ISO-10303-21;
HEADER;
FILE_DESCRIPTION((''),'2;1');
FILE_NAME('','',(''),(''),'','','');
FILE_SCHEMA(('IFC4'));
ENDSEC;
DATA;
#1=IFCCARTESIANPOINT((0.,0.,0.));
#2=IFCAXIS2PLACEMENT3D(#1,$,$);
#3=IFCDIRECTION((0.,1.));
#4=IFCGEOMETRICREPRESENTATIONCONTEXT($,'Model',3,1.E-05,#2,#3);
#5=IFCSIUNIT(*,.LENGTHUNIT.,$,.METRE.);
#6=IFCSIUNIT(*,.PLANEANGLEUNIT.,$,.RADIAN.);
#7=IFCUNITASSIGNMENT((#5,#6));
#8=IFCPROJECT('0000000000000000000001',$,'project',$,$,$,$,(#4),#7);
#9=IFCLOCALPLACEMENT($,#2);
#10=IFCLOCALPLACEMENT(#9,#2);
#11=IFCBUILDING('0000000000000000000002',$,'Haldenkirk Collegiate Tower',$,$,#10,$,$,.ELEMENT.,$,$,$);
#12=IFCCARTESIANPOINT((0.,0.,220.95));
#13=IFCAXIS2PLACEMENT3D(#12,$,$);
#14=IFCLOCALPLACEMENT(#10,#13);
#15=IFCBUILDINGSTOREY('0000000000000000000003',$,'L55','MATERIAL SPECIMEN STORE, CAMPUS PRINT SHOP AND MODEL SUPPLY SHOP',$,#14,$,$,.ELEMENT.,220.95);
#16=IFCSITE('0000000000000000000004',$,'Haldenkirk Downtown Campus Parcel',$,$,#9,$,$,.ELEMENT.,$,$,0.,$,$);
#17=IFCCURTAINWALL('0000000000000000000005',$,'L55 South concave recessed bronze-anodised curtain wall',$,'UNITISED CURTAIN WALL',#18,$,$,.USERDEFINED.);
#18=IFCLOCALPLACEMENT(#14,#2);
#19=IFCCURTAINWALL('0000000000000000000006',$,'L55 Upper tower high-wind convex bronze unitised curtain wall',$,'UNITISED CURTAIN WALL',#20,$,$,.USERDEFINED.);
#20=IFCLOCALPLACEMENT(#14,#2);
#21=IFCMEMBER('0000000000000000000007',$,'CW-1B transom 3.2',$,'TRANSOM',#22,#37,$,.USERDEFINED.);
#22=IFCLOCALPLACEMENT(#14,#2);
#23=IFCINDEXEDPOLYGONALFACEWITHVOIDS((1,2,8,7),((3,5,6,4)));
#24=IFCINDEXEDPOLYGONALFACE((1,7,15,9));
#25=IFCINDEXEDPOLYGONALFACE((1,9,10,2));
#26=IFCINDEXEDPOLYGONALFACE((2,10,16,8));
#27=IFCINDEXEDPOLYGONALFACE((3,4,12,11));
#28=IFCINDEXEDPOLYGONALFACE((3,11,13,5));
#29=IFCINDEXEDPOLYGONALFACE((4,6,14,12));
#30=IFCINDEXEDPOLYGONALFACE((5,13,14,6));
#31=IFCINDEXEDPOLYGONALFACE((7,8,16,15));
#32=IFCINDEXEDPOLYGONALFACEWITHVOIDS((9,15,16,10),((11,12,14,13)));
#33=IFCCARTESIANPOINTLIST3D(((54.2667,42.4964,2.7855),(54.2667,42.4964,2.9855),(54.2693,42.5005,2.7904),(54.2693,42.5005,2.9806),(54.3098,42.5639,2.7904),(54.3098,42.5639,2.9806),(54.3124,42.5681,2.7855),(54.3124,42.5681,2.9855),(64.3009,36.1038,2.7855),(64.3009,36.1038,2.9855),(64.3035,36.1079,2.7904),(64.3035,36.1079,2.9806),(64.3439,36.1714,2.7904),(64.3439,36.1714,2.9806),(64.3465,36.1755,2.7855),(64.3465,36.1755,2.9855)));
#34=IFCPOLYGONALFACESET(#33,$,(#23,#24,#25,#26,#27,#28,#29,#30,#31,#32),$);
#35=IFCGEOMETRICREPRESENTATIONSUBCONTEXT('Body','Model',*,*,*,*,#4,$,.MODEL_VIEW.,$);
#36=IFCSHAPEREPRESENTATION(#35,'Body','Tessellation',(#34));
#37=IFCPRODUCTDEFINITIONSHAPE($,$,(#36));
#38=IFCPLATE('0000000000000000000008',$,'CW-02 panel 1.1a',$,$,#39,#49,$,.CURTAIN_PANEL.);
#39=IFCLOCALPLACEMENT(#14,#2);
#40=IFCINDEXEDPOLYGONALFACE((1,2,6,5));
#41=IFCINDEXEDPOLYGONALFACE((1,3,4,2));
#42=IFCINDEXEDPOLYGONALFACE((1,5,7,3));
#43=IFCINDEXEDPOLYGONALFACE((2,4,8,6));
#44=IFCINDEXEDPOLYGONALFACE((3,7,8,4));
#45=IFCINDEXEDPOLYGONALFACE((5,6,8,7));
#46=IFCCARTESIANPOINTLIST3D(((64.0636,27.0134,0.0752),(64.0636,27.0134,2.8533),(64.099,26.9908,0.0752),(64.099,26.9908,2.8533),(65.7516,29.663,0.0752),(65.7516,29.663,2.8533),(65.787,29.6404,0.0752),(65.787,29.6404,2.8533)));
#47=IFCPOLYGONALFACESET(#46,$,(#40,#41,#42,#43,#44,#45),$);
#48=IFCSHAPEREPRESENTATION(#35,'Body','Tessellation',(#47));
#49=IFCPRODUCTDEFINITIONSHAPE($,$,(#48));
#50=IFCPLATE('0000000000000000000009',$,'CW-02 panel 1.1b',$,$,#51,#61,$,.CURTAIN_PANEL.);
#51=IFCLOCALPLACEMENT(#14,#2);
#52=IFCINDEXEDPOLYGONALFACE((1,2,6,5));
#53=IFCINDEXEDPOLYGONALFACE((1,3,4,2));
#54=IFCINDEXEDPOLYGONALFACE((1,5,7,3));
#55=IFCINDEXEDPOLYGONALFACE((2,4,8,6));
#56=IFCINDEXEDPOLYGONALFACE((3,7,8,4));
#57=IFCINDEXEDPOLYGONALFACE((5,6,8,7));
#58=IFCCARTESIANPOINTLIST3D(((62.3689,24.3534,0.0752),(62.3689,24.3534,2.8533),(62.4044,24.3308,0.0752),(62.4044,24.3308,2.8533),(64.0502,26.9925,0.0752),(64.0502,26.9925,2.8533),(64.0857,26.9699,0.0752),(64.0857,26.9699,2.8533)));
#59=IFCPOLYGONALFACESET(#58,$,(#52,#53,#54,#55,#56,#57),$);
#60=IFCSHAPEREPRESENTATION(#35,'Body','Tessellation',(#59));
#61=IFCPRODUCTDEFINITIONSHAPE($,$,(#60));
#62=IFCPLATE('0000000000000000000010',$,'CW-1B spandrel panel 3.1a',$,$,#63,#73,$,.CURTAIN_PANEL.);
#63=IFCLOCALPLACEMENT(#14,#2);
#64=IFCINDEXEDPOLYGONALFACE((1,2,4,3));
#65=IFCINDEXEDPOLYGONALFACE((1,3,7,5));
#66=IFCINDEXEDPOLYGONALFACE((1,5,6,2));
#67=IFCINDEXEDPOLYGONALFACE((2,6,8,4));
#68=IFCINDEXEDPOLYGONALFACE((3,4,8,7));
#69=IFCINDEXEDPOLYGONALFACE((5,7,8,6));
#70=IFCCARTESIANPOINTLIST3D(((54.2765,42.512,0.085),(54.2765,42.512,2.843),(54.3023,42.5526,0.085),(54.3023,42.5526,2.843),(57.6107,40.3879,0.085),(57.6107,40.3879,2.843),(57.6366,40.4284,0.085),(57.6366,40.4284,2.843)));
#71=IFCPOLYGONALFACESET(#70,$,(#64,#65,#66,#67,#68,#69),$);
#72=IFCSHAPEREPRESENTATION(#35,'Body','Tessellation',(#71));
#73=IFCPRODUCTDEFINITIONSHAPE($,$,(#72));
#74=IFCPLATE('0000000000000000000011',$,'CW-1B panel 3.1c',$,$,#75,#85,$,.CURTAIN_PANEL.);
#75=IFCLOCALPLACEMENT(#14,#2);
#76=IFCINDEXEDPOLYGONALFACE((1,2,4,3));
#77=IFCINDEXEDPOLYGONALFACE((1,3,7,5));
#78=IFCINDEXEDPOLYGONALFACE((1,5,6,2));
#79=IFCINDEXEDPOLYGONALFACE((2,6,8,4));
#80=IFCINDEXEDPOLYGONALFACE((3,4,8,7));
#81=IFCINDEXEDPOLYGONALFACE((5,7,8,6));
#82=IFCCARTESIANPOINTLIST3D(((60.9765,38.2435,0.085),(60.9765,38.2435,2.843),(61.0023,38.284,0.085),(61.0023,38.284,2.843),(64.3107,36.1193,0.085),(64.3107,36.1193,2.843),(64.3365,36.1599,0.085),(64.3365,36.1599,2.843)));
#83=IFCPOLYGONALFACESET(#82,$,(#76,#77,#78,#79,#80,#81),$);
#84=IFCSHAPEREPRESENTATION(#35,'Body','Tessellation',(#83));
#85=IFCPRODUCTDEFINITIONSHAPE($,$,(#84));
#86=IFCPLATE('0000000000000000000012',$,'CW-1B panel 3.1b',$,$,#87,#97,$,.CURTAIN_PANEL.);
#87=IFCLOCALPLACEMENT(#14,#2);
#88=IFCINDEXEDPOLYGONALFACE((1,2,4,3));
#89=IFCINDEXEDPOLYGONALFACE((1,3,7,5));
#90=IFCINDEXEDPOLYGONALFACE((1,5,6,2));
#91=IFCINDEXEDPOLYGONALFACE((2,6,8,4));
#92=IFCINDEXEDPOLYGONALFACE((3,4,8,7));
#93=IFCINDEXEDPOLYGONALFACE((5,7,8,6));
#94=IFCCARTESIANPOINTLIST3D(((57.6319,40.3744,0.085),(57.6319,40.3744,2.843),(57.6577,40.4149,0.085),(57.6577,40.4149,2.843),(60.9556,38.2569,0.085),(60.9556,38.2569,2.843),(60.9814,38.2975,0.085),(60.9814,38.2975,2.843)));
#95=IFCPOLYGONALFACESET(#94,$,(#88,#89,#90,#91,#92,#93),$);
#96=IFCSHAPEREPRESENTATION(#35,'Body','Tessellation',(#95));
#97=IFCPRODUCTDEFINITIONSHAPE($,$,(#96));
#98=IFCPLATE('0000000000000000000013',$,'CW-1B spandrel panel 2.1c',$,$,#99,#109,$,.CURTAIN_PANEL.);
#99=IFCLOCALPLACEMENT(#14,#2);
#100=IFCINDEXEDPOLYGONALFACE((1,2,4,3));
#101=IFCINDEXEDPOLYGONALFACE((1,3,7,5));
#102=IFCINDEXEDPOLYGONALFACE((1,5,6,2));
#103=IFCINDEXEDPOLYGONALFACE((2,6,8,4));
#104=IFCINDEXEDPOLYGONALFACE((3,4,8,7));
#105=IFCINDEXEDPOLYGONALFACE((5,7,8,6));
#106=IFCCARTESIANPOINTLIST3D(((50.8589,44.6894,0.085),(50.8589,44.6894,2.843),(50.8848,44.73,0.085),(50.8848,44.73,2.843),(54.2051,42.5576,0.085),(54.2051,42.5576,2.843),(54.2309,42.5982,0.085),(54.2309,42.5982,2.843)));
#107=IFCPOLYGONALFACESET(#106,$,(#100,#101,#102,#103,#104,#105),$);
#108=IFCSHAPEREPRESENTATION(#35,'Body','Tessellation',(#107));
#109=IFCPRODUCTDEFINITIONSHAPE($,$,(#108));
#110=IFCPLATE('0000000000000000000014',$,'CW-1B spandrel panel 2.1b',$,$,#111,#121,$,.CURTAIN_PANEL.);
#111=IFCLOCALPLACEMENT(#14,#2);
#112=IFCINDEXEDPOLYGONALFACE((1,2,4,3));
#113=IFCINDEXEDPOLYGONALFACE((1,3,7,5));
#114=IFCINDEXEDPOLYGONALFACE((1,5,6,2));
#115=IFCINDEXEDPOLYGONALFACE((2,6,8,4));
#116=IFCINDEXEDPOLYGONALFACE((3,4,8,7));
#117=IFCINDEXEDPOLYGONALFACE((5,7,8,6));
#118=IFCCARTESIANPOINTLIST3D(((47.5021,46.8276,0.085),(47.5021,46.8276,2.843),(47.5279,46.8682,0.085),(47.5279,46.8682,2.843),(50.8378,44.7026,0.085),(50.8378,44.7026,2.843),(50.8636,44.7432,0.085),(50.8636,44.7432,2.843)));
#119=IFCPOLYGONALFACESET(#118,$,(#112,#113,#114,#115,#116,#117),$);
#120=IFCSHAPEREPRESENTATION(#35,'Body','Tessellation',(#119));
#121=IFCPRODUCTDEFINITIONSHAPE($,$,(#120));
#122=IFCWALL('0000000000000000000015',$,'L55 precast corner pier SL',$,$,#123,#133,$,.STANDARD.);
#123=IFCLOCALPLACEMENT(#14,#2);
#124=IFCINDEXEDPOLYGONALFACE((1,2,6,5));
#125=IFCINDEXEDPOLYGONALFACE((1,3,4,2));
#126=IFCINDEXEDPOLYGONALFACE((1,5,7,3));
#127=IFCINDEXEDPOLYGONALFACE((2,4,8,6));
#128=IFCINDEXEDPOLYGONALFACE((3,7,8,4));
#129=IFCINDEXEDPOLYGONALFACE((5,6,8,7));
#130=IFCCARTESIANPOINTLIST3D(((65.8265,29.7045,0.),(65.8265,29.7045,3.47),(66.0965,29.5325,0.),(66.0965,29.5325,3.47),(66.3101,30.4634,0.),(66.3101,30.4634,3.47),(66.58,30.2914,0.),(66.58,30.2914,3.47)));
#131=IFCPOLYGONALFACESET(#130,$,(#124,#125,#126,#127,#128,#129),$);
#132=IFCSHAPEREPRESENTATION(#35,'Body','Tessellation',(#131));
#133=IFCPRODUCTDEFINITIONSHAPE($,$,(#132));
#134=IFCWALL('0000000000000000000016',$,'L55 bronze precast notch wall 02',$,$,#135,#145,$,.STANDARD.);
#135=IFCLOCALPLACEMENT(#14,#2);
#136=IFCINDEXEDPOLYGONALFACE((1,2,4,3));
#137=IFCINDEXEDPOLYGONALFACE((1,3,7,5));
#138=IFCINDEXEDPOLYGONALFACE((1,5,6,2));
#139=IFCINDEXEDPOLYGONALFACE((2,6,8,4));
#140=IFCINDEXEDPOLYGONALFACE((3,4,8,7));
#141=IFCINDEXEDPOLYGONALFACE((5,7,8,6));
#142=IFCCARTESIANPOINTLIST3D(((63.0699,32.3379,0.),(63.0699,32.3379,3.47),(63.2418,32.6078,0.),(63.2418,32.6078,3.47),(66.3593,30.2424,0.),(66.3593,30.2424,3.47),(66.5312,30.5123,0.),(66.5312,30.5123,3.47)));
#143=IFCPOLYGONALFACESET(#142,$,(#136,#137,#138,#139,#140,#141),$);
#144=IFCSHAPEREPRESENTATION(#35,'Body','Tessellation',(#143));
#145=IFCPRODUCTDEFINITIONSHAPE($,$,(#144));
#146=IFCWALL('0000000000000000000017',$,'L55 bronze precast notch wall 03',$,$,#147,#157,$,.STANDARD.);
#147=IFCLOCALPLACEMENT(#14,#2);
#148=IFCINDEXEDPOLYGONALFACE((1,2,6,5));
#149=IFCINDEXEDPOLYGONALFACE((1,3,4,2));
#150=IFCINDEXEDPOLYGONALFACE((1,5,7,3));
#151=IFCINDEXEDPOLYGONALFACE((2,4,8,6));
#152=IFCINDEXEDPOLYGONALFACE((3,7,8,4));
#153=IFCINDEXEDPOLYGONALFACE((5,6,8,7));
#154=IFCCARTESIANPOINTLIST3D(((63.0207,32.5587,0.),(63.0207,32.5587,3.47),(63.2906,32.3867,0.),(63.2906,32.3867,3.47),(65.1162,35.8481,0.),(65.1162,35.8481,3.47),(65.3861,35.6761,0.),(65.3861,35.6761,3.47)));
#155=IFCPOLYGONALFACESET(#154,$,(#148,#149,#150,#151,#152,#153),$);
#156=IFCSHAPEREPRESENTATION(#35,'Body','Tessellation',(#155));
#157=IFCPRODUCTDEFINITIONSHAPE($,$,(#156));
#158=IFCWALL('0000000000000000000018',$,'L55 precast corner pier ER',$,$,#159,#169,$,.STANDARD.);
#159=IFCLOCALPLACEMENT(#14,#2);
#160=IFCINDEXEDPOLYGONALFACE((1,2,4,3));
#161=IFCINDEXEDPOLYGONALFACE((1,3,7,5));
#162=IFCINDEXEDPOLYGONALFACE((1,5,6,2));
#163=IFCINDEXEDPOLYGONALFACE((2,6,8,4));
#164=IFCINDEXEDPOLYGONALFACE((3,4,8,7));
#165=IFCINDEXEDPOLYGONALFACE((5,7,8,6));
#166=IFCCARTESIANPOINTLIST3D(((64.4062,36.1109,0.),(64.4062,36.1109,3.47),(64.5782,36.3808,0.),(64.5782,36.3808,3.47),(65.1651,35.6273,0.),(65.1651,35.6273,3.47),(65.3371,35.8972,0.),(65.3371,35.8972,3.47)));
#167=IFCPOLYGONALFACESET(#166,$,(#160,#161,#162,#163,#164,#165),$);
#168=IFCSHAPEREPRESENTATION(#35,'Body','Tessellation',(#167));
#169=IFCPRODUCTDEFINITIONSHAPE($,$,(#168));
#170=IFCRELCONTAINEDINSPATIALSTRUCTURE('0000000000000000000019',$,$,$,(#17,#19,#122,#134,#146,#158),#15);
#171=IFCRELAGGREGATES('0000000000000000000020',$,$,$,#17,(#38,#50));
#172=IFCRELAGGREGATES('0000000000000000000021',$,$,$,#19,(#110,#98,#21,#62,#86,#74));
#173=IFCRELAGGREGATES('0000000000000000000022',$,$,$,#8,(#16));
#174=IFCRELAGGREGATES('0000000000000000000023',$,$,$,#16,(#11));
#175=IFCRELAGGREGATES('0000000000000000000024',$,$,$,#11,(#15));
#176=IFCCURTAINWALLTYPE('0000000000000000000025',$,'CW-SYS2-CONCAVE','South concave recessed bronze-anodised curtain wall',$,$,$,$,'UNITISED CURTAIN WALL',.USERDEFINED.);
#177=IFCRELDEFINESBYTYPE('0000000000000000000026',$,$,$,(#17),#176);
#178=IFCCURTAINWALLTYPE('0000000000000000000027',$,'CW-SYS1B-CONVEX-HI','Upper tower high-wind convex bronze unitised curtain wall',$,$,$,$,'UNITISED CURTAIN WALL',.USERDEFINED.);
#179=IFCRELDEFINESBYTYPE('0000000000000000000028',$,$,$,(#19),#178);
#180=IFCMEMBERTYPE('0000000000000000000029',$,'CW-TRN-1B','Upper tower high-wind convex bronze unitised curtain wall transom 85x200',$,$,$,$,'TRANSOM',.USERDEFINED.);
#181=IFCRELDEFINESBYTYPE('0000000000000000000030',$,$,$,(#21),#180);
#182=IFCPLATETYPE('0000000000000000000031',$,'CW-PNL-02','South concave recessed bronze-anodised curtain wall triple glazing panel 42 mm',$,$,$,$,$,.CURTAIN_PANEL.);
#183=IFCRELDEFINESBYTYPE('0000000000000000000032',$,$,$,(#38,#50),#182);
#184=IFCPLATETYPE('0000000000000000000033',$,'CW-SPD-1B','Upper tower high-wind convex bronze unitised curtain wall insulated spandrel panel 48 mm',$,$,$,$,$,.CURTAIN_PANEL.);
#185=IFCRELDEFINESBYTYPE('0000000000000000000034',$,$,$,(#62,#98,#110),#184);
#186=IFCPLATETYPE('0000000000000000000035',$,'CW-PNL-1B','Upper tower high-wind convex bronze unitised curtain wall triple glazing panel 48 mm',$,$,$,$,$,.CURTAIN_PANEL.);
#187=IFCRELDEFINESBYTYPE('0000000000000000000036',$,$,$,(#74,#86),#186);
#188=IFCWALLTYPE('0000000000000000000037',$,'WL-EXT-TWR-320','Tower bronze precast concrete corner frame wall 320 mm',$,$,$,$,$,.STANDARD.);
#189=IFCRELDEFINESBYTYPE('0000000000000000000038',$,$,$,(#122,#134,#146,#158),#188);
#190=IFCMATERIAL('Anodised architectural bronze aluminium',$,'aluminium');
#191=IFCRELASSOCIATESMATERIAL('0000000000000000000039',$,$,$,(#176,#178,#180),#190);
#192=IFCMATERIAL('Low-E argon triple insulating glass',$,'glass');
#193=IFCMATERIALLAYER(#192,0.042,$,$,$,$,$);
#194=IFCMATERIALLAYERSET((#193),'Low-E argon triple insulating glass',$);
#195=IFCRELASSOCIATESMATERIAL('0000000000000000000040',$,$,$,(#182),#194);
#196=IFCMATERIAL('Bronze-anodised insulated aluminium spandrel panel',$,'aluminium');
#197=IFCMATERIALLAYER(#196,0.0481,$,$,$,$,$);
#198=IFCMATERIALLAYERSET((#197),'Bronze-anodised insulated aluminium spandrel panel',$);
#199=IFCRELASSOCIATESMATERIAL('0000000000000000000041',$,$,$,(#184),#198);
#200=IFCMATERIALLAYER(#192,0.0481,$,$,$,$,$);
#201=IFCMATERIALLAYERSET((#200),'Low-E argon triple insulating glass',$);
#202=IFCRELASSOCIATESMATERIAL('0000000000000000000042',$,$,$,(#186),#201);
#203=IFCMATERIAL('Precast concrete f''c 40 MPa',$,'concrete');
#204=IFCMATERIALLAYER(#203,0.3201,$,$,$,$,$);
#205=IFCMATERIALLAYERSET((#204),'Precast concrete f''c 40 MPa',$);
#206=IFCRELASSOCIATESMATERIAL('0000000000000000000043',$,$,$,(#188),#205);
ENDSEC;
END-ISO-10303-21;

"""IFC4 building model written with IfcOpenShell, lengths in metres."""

from ifc_helpers import new_model, si_unit, direction, frame, frame_2d, origin, origin_2d, place, context, subcontext, project, spatial, rectangle, hollow_rectangle, extrude, source, transform, mapped, material, layer, layer_set, material_profile, profile_set, type_object, element, aggregate, save


model = new_model("IFC4")

# Units and contexts
model_context = context("Model", 3, precision=1e-05, world=origin(), true_north=direction((0.0, 1.0)))
body_context = subcontext(model_context, "Body", "Model", "MODEL_VIEW")
ifc_project = project(units=[si_unit("LENGTHUNIT", "METRE"), si_unit("PLANEANGLEUNIT", "RADIAN")], contexts=[model_context])

# Site, building, storey
site_placement = place(None, origin())
site = spatial("IfcSite", under=ifc_project, at=site_placement, Name="Haldenkirk Downtown Campus Parcel", CompositionType="ELEMENT", RefElevation=0.0)
building_placement = place(site_placement, origin())
building = spatial("IfcBuilding", under=site, at=building_placement, Name="Haldenkirk Collegiate Tower", CompositionType="ELEMENT")
storey_placement = place(building_placement, frame((0.0, 0.0, 220.95)))
storey = spatial("IfcBuildingStorey", under=building, at=storey_placement, Name="L55", Description="MATERIAL SPECIMEN STORE, CAMPUS PRINT SHOP AND MODEL SUPPLY SHOP", CompositionType="ELEMENT", Elevation=220.95)

# Curtain wall
ifc_material_1 = material(Name="Anodised architectural bronze aluminium", Category="aluminium")
curtain_wall_type_1 = type_object("IfcCurtainWallType", Name="CW-SYS2-CONCAVE", Description="South concave recessed bronze-anodised curtain wall", ElementType="UNITISED CURTAIN WALL", PredefinedType="USERDEFINED", material=ifc_material_1)
curtain_wall_1_placement = place(storey_placement, origin())
curtain_wall_1 = element("IfcCurtainWall", 1, at=curtain_wall_1_placement, inside=storey, type_object=curtain_wall_type_1, Name="L55 South concave recessed bronze-anodised curtain wall", ObjectType="UNITISED CURTAIN WALL", PredefinedType="USERDEFINED")

# Curtain wall
curtain_wall_type_2 = type_object("IfcCurtainWallType", Name="CW-SYS1B-CONVEX-HI", Description="Upper tower high-wind convex bronze unitised curtain wall", ElementType="UNITISED CURTAIN WALL", PredefinedType="USERDEFINED", material=ifc_material_1)
curtain_wall_2_placement = place(storey_placement, origin())
curtain_wall_2 = element("IfcCurtainWall", 2, at=curtain_wall_2_placement, inside=storey, type_object=curtain_wall_type_2, Name="L55 Upper tower high-wind convex bronze unitised curtain wall", ObjectType="UNITISED CURTAIN WALL", PredefinedType="USERDEFINED")

# Member
ifc_material_profile_1 = material_profile(ifc_material_1, hollow_rectangle(XDim=0.085, YDim=0.2, WallThickness=0.0049, at=origin_2d()), Name="CW-TRN-1B")
ifc_profile_set_1 = profile_set([ifc_material_profile_1], Name="Anodised architectural bronze aluminium")
member_type_1 = type_object("IfcMemberType", Name="CW-TRN-1B", Description="Upper tower high-wind convex bronze unitised curtain wall transom 85x200", ElementType="TRANSOM", PredefinedType="USERDEFINED", material=ifc_profile_set_1)
member_1_placement = place(storey_placement, frame((54.2896, 42.5322, 2.8855), z_axis=(0.843388, -0.537306, 0.0), x_axis=(0.537306, 0.843388, 0.0)))
member_1 = element("IfcMember", 3, at=member_1_placement, type_object=member_type_1, Name="CW-1B transom 3.2", ObjectType="TRANSOM", PredefinedType="USERDEFINED", context=body_context, shape_type="SweptSolid", body=[
    extrude(hollow_rectangle(XDim=0.085, YDim=0.2, WallThickness=0.0049, at=origin_2d()), origin(), (0.0, 0.0, 1.0), 11.8975),
])

# Plates
ifc_material_2 = material(Name="Low-E argon triple insulating glass", Category="glass")
ifc_layer_1 = layer(ifc_material_2, 0.042)
ifc_layer_set_1 = layer_set([ifc_layer_1], Name="Low-E argon triple insulating glass")
plate_type_1 = type_object("IfcPlateType", Name="CW-PNL-02", Description="South concave recessed bronze-anodised curtain wall triple glazing panel 42 mm", PredefinedType="CURTAIN_PANEL", material=ifc_layer_set_1)
shared_shape_1 = source(origin(), body_context, "Body", "SweptSolid", [
    extrude(rectangle(XDim=3.1416, YDim=0.042, at=origin_2d()), origin(), (0.0, 0.0, 1.0), 2.7781),
])
plate_1_placement = place(storey_placement, frame((64.9253, 28.3269, 0.0752), z_axis=(0.0, 0.0, 1.0), x_axis=(-0.537301, -0.84339, 0.0)))
plate_1 = element("IfcPlate", 4, at=plate_1_placement, type_object=plate_type_1, Name="CW-02 panel 1.1a", PredefinedType="CURTAIN_PANEL", context=body_context, shape_type="MappedRepresentation", body=[
    mapped(shared_shape_1, transform((0.0, 0.0, 0.0), x_axis=(1.0, 0.0, 0.0), y_axis=(0.0, 1.0, 0.0), z_axis=(0.0, 0.0, 1.0), scale=1.0)),
])
shared_shape_2 = source(origin(), body_context, "Body", "SweptSolid", [
    extrude(rectangle(XDim=3.1292, YDim=0.042, at=origin_2d()), origin(), (0.0, 0.0, 1.0), 2.7781),
])
plate_2_placement = place(storey_placement, frame((63.2273, 25.6616, 0.0752), z_axis=(0.0, 0.0, 1.0), x_axis=(-0.537301, -0.84339, 0.0)))
plate_2 = element("IfcPlate", 5, at=plate_2_placement, type_object=plate_type_1, Name="CW-02 panel 1.1b", PredefinedType="CURTAIN_PANEL", context=body_context, shape_type="MappedRepresentation", body=[
    mapped(shared_shape_2, transform((0.0, 0.0, 0.0), x_axis=(1.0, 0.0, 0.0), y_axis=(0.0, 1.0, 0.0), z_axis=(0.0, 0.0, 1.0), scale=1.0)),
])
aggregate(curtain_wall_1, [plate_1, plate_2])
ifc_material_3 = material(Name="Bronze-anodised insulated aluminium spandrel panel", Category="aluminium")
ifc_layer_2 = layer(ifc_material_3, 0.0481)
ifc_layer_set_2 = layer_set([ifc_layer_2], Name="Bronze-anodised insulated aluminium spandrel panel")
plate_type_2 = type_object("IfcPlateType", Name="CW-SPD-1B", Description="Upper tower high-wind convex bronze unitised curtain wall insulated spandrel panel 48 mm", PredefinedType="CURTAIN_PANEL", material=ifc_layer_set_2)
shared_shape_3 = source(origin(), body_context, "Body", "SweptSolid", [
    extrude(rectangle(XDim=3.9534, YDim=0.0481, at=origin_2d()), origin(), (0.0, 0.0, 1.0), 2.7581),
])
plate_3_placement = place(storey_placement, frame((55.9565, 41.4702, 0.085), z_axis=(0.0, 0.0, 1.0), x_axis=(0.843391, -0.5373, 0.0)))
plate_3 = element("IfcPlate", 6, at=plate_3_placement, type_object=plate_type_2, Name="CW-1B spandrel panel 3.1a", PredefinedType="CURTAIN_PANEL", context=body_context, shape_type="MappedRepresentation", body=[
    mapped(shared_shape_3, transform((0.0, 0.0, 0.0), x_axis=(1.0, 0.0, 0.0), y_axis=(0.0, 1.0, 0.0), z_axis=(0.0, 0.0, 1.0), scale=1.0)),
])
ifc_layer_3 = layer(ifc_material_2, 0.0481)
ifc_layer_set_3 = layer_set([ifc_layer_3], Name="Low-E argon triple insulating glass")
plate_type_3 = type_object("IfcPlateType", Name="CW-PNL-1B", Description="Upper tower high-wind convex bronze unitised curtain wall triple glazing panel 48 mm", PredefinedType="CURTAIN_PANEL", material=ifc_layer_set_3)
plate_4_placement = place(storey_placement, frame((62.6565, 37.2017, 0.085), z_axis=(0.0, 0.0, 1.0), x_axis=(0.843391, -0.5373, 0.0)))
plate_4 = element("IfcPlate", 7, at=plate_4_placement, type_object=plate_type_3, Name="CW-1B panel 3.1c", PredefinedType="CURTAIN_PANEL", context=body_context, shape_type="MappedRepresentation", body=[
    mapped(shared_shape_3, transform((0.0, 0.0, 0.0), x_axis=(1.0, 0.0, 0.0), y_axis=(0.0, 1.0, 0.0), z_axis=(0.0, 0.0, 1.0), scale=1.0)),
])
shared_shape_4 = source(origin(), body_context, "Body", "SweptSolid", [
    extrude(rectangle(XDim=3.9409, YDim=0.0481, at=origin_2d()), origin(), (0.0, 0.0, 1.0), 2.7581),
])
plate_5_placement = place(storey_placement, frame((59.3066, 39.3359, 0.085), z_axis=(0.0, 0.0, 1.0), x_axis=(0.843391, -0.5373, 0.0)))
plate_5 = element("IfcPlate", 8, at=plate_5_placement, type_object=plate_type_3, Name="CW-1B panel 3.1b", PredefinedType="CURTAIN_PANEL", context=body_context, shape_type="MappedRepresentation", body=[
    mapped(shared_shape_4, transform((0.0, 0.0, 0.0), x_axis=(1.0, 0.0, 0.0), y_axis=(0.0, 1.0, 0.0), z_axis=(0.0, 0.0, 1.0), scale=1.0)),
])
shared_shape_5 = source(origin(), body_context, "Body", "SweptSolid", [
    extrude(rectangle(XDim=3.9675, YDim=0.0481, at=origin_2d()), origin(), (0.0, 0.0, 1.0), 2.7581),
])
plate_6_placement = place(storey_placement, frame((52.5449, 43.6438, 0.085), z_axis=(0.0, 0.0, 1.0), x_axis=(0.843391, -0.5373, 0.0)))
plate_6 = element("IfcPlate", 9, at=plate_6_placement, type_object=plate_type_2, Name="CW-1B spandrel panel 2.1c", PredefinedType="CURTAIN_PANEL", context=body_context, shape_type="MappedRepresentation", body=[
    mapped(shared_shape_5, transform((0.0, 0.0, 0.0), x_axis=(1.0, 0.0, 0.0), y_axis=(0.0, 1.0, 0.0), z_axis=(0.0, 0.0, 1.0), scale=1.0)),
])
shared_shape_6 = source(origin(), body_context, "Body", "SweptSolid", [
    extrude(rectangle(XDim=3.9551, YDim=0.0481, at=origin_2d()), origin(), (0.0, 0.0, 1.0), 2.7581),
])
plate_7_placement = place(storey_placement, frame((49.1829, 45.7854, 0.085), z_axis=(0.0, 0.0, 1.0), x_axis=(0.843391, -0.5373, 0.0)))
plate_7 = element("IfcPlate", 10, at=plate_7_placement, type_object=plate_type_2, Name="CW-1B spandrel panel 2.1b", PredefinedType="CURTAIN_PANEL", context=body_context, shape_type="MappedRepresentation", body=[
    mapped(shared_shape_6, transform((0.0, 0.0, 0.0), x_axis=(1.0, 0.0, 0.0), y_axis=(0.0, 1.0, 0.0), z_axis=(0.0, 0.0, 1.0), scale=1.0)),
])
aggregate(curtain_wall_2, [plate_7, plate_6, member_1, plate_3, plate_5, plate_4])

# Walls
ifc_material_4 = material(Name="Precast concrete f'c 40 MPa", Category="concrete")
ifc_layer_4 = layer(ifc_material_4, 0.3201)
ifc_layer_set_4 = layer_set([ifc_layer_4], Name="Precast concrete f'c 40 MPa")
wall_type_1 = type_object("IfcWallType", Name="WL-EXT-TWR-320", Description="Tower bronze precast concrete corner frame wall 320 mm", PredefinedType="STANDARD", material=ifc_layer_set_4)
wall_1_placement = place(storey_placement, frame((66.4451, 30.3774, 0.0), z_axis=(0.0, 0.0, 1.0), x_axis=(-0.537367, -0.843349, 0.0)))
element("IfcWall", 11, at=wall_1_placement, inside=storey, type_object=wall_type_1, Name="L55 precast corner pier SL", PredefinedType="STANDARD", context=body_context, shape_type="SweptSolid", body=[
    extrude(rectangle(XDim=0.8999, YDim=0.3201, at=frame_2d((0.45, 0.0))), origin(), (0.0, 0.0, 1.0), 3.47),
])
for number, where, z_axis, x_axis, name in (
    (12, (63.1558, 32.4729, 0.0), (0.0, 0.0, 1.0), (0.843398, -0.537289, 0.0), "L55 bronze precast notch wall 02"),
    (13, (65.2512, 35.7622, 0.0), (0.0, 0.0, 1.0), (-0.537289, -0.843398, 0.0), "L55 bronze precast notch wall 03"),
):
    element("IfcWall", number, at=place(storey_placement, frame(where, z_axis=z_axis, x_axis=x_axis)), inside=storey, type_object=wall_type_1, Name=name, PredefinedType="STANDARD", context=body_context, shape_type="SweptSolid", body=[
        extrude(rectangle(XDim=3.9001, YDim=0.3201, at=frame_2d((1.9502, 0.0))), origin(), (0.0, 0.0, 1.0), 3.47),
    ])
wall_2_placement = place(storey_placement, frame((64.4922, 36.2458, 0.0), z_axis=(0.0, 0.0, 1.0), x_axis=(0.843349, -0.537367, 0.0)))
element("IfcWall", 14, at=wall_2_placement, inside=storey, type_object=wall_type_1, Name="L55 precast corner pier ER", PredefinedType="STANDARD", context=body_context, shape_type="SweptSolid", body=[
    extrude(rectangle(XDim=0.8999, YDim=0.3201, at=frame_2d((0.45, 0.0))), origin(), (0.0, 0.0, 1.0), 3.47),
])

save(model, "model.ifc")
